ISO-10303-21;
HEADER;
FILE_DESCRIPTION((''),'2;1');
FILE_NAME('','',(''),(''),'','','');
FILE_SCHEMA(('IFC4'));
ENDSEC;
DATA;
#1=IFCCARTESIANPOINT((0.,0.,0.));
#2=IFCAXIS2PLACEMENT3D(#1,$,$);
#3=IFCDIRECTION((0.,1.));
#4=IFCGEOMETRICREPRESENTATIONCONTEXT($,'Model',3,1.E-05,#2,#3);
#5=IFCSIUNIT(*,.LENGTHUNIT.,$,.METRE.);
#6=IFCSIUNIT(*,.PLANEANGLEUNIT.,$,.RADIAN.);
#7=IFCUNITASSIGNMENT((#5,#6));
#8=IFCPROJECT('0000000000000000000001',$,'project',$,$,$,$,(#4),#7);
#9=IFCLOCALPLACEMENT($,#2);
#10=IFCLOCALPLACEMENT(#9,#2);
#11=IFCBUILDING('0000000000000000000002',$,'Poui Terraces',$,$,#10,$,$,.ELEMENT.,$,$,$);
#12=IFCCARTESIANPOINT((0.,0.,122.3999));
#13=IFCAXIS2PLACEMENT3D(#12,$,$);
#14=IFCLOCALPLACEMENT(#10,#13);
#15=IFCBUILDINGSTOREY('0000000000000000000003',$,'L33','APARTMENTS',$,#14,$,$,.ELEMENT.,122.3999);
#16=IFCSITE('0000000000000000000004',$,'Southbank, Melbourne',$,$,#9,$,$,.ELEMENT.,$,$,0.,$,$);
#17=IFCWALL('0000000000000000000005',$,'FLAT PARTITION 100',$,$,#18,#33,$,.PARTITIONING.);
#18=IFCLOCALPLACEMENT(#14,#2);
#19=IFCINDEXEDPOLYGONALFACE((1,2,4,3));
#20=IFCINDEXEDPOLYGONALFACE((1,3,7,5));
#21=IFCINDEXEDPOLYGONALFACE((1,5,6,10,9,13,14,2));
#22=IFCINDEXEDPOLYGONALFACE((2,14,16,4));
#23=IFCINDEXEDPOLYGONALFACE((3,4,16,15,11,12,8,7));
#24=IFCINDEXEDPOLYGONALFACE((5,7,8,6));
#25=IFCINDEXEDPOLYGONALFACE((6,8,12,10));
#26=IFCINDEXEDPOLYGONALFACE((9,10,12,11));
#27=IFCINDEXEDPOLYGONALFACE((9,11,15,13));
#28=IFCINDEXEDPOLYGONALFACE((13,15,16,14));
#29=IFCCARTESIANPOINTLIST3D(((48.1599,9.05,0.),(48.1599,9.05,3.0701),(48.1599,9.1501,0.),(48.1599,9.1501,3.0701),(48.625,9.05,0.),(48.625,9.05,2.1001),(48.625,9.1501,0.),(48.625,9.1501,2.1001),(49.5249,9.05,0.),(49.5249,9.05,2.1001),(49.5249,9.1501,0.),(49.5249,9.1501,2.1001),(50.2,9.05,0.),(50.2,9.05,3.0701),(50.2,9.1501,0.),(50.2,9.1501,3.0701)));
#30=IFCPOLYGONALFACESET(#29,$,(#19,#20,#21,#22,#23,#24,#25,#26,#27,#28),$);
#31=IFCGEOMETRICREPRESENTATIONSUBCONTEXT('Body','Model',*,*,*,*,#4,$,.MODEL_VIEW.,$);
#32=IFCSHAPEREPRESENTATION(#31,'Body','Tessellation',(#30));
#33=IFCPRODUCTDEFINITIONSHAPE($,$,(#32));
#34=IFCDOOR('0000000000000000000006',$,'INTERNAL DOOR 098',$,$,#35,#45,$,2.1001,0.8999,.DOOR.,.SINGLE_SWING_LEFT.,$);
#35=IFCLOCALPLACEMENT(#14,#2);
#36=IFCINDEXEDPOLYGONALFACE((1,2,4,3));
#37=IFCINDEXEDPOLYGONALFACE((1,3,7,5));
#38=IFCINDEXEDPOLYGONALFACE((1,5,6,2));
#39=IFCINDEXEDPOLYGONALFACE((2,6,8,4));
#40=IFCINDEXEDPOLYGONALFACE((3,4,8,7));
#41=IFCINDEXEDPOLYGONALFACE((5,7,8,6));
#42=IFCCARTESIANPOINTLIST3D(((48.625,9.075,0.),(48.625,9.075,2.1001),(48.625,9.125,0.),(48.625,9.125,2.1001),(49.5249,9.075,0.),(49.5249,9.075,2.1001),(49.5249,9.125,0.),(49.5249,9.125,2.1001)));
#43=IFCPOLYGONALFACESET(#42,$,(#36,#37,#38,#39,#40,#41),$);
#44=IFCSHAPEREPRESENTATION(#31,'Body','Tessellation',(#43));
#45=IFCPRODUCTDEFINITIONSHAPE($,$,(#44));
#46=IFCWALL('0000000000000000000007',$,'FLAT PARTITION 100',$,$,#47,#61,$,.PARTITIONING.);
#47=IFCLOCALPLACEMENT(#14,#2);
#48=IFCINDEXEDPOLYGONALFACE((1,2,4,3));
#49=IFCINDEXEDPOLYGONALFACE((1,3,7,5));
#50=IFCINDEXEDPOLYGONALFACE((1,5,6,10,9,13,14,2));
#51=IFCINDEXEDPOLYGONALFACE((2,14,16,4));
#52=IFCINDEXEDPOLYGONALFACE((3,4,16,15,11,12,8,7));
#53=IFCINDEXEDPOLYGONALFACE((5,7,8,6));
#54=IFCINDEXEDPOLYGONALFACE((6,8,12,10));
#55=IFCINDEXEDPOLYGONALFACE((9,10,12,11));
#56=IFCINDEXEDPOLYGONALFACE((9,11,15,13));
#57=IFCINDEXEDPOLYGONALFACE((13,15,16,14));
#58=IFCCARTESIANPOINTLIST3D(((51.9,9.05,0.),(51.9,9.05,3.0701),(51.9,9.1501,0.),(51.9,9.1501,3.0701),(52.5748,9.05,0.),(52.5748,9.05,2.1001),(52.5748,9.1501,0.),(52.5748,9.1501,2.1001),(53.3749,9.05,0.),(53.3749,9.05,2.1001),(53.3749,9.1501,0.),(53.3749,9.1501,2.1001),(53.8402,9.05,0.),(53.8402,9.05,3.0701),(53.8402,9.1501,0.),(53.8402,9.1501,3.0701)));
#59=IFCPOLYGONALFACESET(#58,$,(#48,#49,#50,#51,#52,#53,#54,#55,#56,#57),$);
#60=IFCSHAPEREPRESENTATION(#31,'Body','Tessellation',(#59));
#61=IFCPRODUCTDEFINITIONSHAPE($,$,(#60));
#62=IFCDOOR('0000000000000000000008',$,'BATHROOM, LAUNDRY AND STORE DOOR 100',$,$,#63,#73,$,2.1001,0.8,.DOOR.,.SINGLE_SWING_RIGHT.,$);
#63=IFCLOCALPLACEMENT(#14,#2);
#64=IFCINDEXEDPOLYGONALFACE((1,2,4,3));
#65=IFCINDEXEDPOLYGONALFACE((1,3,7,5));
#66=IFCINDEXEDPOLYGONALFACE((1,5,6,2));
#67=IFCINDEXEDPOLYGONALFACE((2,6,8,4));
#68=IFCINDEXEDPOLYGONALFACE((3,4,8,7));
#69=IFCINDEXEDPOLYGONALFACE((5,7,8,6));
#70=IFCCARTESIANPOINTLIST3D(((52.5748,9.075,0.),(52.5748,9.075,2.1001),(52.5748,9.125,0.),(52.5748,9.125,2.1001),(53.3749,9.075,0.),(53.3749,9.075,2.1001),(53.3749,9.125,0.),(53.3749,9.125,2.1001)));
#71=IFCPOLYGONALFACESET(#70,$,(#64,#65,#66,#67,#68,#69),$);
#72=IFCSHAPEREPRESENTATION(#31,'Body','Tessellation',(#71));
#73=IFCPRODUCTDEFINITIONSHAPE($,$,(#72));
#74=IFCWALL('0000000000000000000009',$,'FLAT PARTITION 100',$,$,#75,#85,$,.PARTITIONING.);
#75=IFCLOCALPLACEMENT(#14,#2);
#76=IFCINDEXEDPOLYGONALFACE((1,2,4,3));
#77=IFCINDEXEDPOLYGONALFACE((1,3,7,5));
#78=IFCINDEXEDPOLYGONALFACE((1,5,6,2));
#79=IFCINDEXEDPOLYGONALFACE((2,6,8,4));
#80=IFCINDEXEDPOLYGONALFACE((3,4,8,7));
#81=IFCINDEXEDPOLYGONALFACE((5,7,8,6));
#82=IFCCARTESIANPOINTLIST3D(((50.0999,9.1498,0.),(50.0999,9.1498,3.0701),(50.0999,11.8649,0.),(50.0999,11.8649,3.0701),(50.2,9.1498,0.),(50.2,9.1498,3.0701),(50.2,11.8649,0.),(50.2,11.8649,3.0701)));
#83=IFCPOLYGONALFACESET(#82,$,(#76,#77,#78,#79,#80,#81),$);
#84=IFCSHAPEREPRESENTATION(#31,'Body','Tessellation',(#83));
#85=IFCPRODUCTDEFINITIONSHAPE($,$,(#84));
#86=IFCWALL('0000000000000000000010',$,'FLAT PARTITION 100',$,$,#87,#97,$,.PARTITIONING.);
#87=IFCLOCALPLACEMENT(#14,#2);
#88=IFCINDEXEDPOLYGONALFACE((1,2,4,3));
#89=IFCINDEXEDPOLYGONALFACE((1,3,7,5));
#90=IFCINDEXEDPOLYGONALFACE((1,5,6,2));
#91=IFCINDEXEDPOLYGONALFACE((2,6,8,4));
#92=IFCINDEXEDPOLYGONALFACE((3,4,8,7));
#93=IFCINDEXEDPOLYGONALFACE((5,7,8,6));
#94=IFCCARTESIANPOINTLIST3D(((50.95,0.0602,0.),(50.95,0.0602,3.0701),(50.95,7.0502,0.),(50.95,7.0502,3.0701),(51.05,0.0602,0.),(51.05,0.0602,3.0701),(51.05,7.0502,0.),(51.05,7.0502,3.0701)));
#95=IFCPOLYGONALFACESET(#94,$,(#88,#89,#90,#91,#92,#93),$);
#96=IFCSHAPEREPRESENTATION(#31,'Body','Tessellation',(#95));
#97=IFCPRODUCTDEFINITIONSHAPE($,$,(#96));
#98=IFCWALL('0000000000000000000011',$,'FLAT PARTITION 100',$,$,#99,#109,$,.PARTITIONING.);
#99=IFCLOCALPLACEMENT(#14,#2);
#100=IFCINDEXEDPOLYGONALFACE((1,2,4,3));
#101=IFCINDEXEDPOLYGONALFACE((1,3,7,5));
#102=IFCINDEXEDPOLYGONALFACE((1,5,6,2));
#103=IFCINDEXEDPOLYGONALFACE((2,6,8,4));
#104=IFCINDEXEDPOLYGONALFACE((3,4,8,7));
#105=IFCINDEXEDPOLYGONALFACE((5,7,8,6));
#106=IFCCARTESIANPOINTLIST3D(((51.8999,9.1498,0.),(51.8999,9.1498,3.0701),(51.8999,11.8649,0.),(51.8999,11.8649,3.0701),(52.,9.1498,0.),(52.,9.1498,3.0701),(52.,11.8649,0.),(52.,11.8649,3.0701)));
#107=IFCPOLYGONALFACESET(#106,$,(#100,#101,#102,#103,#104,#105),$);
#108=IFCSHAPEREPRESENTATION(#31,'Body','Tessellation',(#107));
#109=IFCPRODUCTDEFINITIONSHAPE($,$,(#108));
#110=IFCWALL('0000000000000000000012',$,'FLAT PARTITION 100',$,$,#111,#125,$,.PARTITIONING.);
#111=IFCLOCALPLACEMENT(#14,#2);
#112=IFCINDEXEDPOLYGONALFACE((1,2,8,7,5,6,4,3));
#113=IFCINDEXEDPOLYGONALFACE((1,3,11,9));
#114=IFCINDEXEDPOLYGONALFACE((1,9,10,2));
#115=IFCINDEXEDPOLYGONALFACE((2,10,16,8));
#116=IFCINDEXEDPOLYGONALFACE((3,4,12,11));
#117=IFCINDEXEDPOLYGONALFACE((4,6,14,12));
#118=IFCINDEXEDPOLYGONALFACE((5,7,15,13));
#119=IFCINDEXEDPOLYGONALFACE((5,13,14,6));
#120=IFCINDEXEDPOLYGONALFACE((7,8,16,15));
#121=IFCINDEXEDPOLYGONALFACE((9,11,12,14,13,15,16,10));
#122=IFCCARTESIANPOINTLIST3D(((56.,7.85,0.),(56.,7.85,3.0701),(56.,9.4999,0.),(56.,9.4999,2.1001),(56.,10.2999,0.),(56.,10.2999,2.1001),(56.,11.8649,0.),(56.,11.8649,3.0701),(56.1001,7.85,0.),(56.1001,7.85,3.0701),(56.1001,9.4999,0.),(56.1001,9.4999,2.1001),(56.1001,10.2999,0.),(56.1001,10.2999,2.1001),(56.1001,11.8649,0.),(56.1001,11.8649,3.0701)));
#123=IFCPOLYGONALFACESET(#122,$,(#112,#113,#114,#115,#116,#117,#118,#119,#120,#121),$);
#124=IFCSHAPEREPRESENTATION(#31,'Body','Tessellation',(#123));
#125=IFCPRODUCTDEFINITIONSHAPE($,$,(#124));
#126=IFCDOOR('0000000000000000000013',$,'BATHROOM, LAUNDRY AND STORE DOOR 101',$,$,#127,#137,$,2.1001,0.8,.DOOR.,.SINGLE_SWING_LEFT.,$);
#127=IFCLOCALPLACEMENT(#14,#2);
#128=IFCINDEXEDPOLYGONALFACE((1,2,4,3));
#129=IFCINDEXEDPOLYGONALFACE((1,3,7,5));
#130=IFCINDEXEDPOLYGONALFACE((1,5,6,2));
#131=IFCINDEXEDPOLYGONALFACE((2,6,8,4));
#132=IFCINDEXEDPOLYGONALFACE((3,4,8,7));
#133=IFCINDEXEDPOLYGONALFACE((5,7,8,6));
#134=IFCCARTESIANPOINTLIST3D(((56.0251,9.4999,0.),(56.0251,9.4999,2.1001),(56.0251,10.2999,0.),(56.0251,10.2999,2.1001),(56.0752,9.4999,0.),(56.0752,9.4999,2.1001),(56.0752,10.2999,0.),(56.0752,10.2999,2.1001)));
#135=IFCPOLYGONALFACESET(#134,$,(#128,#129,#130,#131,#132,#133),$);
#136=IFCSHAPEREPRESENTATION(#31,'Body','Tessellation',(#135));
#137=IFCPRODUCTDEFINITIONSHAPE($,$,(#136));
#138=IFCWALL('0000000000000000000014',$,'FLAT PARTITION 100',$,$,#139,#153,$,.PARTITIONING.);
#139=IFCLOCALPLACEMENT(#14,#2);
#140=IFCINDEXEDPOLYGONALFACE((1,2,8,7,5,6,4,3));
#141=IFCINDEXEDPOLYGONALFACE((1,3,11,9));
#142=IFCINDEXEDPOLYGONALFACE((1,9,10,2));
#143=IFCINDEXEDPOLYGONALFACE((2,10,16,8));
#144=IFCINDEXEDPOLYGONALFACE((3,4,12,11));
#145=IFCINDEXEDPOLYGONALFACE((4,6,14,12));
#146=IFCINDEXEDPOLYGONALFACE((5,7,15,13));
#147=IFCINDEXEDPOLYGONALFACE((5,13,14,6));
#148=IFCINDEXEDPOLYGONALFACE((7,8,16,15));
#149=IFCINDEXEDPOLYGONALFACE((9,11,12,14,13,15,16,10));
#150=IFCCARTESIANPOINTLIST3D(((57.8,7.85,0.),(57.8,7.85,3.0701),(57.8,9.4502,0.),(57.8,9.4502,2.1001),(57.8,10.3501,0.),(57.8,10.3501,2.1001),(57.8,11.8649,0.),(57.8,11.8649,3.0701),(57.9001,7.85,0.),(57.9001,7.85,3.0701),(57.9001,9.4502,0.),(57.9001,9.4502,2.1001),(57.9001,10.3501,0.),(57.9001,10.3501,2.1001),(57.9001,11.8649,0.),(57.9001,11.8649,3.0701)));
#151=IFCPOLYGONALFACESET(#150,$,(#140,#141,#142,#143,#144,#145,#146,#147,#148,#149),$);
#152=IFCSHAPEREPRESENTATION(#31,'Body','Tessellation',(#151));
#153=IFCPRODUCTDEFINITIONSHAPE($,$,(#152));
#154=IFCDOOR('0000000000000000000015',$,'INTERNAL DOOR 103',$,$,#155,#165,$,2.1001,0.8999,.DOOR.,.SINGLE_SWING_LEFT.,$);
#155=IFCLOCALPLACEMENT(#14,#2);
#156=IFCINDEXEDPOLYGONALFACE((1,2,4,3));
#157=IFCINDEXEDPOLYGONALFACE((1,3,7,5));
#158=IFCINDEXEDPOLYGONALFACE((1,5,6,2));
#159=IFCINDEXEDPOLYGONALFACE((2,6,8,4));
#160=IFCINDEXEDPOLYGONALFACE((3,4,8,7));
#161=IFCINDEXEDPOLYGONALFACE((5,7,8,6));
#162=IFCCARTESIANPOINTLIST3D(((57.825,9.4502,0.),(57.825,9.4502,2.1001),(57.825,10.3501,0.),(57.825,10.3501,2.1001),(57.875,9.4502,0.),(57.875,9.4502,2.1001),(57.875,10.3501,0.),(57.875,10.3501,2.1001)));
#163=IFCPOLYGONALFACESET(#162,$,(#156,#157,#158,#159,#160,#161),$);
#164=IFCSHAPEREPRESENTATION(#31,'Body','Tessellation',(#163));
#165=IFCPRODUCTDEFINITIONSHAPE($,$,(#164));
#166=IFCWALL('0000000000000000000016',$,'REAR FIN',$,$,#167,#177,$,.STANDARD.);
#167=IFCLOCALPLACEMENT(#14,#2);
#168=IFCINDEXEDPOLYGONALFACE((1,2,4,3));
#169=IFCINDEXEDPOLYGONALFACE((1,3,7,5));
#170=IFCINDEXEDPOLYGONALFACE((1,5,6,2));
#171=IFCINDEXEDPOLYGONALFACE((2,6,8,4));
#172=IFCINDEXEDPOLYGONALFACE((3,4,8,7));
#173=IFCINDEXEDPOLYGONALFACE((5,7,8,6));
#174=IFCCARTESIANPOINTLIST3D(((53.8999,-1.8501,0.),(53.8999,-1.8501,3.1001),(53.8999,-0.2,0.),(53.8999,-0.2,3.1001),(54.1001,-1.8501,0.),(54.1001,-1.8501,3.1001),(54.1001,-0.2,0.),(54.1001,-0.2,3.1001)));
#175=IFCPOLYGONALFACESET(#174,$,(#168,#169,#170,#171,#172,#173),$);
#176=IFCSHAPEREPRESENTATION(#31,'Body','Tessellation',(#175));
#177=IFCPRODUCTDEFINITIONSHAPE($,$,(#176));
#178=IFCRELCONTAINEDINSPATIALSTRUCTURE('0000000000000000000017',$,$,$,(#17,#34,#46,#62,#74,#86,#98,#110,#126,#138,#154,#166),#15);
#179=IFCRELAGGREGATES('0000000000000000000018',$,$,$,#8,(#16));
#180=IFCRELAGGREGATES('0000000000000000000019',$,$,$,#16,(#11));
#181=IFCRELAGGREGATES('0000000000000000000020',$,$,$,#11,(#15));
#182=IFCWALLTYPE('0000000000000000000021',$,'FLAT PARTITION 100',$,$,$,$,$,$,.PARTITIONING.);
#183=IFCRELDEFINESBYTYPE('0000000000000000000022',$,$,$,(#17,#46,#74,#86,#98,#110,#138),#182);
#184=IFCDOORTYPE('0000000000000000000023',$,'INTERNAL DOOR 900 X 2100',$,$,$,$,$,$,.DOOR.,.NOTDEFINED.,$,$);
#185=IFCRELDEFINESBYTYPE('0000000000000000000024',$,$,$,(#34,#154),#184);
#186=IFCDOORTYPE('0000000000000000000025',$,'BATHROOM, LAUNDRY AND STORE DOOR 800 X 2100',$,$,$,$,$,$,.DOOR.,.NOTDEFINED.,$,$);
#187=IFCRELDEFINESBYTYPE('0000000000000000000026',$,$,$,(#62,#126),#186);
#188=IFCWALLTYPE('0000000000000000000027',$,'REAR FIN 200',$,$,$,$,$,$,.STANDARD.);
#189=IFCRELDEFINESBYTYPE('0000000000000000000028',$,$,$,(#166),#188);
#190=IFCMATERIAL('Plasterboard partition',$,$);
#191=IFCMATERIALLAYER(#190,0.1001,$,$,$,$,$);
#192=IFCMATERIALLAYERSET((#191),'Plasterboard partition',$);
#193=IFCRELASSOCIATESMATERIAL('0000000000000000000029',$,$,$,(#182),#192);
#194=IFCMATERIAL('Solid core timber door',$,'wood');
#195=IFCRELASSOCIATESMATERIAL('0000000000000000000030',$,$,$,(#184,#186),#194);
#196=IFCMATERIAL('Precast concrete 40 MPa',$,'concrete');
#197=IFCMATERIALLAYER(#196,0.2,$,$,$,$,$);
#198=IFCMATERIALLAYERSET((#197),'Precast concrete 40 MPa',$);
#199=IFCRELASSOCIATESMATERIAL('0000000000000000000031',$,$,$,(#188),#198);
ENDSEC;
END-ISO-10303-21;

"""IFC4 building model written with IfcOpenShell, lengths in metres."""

from ifc_helpers import new_model, si_unit, direction, frame, frame_2d, origin, place, context, subcontext, project, spatial, polyline, rectangle, outline, extrude, source, transform, mapped, material, layer, layer_set, type_object, element, fill, save


model = new_model("IFC4")

# Units and contexts
model_context = context("Model", 3, precision=1e-05, world=origin(), true_north=direction((0.0, 1.0)))
body_context = subcontext(model_context, "Body", "Model", "MODEL_VIEW")
ifc_project = project(units=[si_unit("LENGTHUNIT", "METRE"), si_unit("PLANEANGLEUNIT", "RADIAN")], contexts=[model_context])

# Site, building, storey
site_placement = place(None, origin())
site = spatial("IfcSite", under=ifc_project, at=site_placement, Name="Southbank, Melbourne", CompositionType="ELEMENT", RefElevation=0.0)
building_placement = place(site_placement, origin())
building = spatial("IfcBuilding", under=site, at=building_placement, Name="Poui Terraces", CompositionType="ELEMENT")
storey_placement = place(building_placement, frame((0.0, 0.0, 122.3999)))
storey = spatial("IfcBuildingStorey", under=building, at=storey_placement, Name="L33", Description="APARTMENTS", CompositionType="ELEMENT", Elevation=122.3999)

# Shared definitions
ifc_material_1 = material(Name="Precast concrete 40 MPa", Category="concrete")

# Shared definitions
ifc_material_2 = material(Name="Plasterboard partition")
ifc_layer_1 = layer(ifc_material_2, 0.1001)
ifc_layer_set_1 = layer_set([ifc_layer_1], Name="Plasterboard partition")
wall_type_1 = type_object("IfcWallType", Name="FLAT PARTITION 100", PredefinedType="PARTITIONING", material=ifc_layer_set_1)
ifc_material_3 = material(Name="Solid core timber door", Category="wood")
door_type_1 = type_object("IfcDoorType", Name="INTERNAL DOOR 900 X 2100", OperationType="NOTDEFINED", PredefinedType="DOOR", material=ifc_material_3)

# Walls, openings, doors
wall_1_placement = place(storey_placement, frame((48.1599, 9.1001, 0.0), z_axis=(0.0, 0.0, 1.0), x_axis=(1.0, 0.0, 0.0)))
wall_1 = element("IfcWall", 1, at=wall_1_placement, inside=storey, type_object=wall_type_1, Name="FLAT PARTITION 100", PredefinedType="PARTITIONING", context=body_context, shape_type="SweptSolid", body=[
    extrude(rectangle(XDim=2.04, YDim=0.1001, at=frame_2d((1.02, 0.0))), origin(), (0.0, 0.0, 1.0), 3.0701),
])
opening_1_placement = place(wall_1_placement, frame((0.4651, 0.0, 0.0)))
opening_1 = element("IfcOpeningElement", 2, at=opening_1_placement, cuts=wall_1, PredefinedType="OPENING", context=body_context, shape_type="SweptSolid", body=[
    extrude(rectangle(XDim=0.8999, YDim=2.1001, at=frame_2d((0.45, 1.05))), frame((0.0, 0.0601, 0.0), z_axis=(0.0, -1.0, 0.0), x_axis=(1.0, 0.0, 0.0)), (0.0, 0.0, 1.0), 0.1201),
])
door_1_placement = place(opening_1_placement, origin())
door_1 = element("IfcDoor", 3, at=door_1_placement, inside=storey, type_object=door_type_1, Name="INTERNAL DOOR 098", OperationType="SINGLE_SWING_LEFT", OverallHeight=2.1001, OverallWidth=0.8999, PredefinedType="DOOR", context=body_context, shape_type="SweptSolid", body=[
    extrude(rectangle(XDim=0.8999, YDim=2.1001, at=frame_2d((0.45, 1.05))), frame((0.0, 0.0249, 0.0), z_axis=(0.0, -1.0, 0.0), x_axis=(1.0, 0.0, 0.0)), (0.0, 0.0, 1.0), 0.05),
])
fill(opening_1, door_1)
wall_2_placement = place(storey_placement, frame((51.8999, 9.1001, 0.0), z_axis=(0.0, 0.0, 1.0), x_axis=(1.0, 0.0, 0.0)))
wall_2 = element("IfcWall", 4, at=wall_2_placement, inside=storey, type_object=wall_type_1, Name="FLAT PARTITION 100", PredefinedType="PARTITIONING", context=body_context, shape_type="SweptSolid", body=[
    extrude(rectangle(XDim=1.9402, YDim=0.1001, at=frame_2d((0.9702, 0.0))), origin(), (0.0, 0.0, 1.0), 3.0701),
])
opening_2_placement = place(wall_2_placement, frame((0.675, 0.0, 0.0)))
opening_2 = element("IfcOpeningElement", 5, at=opening_2_placement, cuts=wall_2, PredefinedType="OPENING", context=body_context, shape_type="SweptSolid", body=[
    extrude(rectangle(XDim=0.8, YDim=2.1001, at=frame_2d((0.3999, 1.05))), frame((0.0, 0.0601, 0.0), z_axis=(0.0, -1.0, 0.0), x_axis=(1.0, 0.0, 0.0)), (0.0, 0.0, 1.0), 0.1201),
])
door_type_2 = type_object("IfcDoorType", Name="BATHROOM, LAUNDRY AND STORE DOOR 800 X 2100", OperationType="NOTDEFINED", PredefinedType="DOOR", material=ifc_material_3)
door_2_placement = place(opening_2_placement, origin())
door_2 = element("IfcDoor", 6, at=door_2_placement, inside=storey, type_object=door_type_2, Name="BATHROOM, LAUNDRY AND STORE DOOR 100", OperationType="SINGLE_SWING_RIGHT", OverallHeight=2.1001, OverallWidth=0.8, PredefinedType="DOOR", context=body_context, shape_type="SweptSolid", body=[
    extrude(rectangle(XDim=0.8, YDim=2.1001, at=frame_2d((0.3999, 1.05))), frame((0.0, 0.0249, 0.0), z_axis=(0.0, -1.0, 0.0), x_axis=(1.0, 0.0, 0.0)), (0.0, 0.0, 1.0), 0.05),
])
fill(opening_2, door_2)

# Walls
wall_3_placement = place(storey_placement, frame((50.1499, 9.1499, 0.0), z_axis=(0.0, 0.0, 1.0), x_axis=(0.0, 1.0, 0.0)))
element("IfcWall", 7, at=wall_3_placement, inside=storey, type_object=wall_type_1, Name="FLAT PARTITION 100", PredefinedType="PARTITIONING", context=body_context, shape_type="SweptSolid", body=[
    extrude(rectangle(XDim=2.7151, YDim=0.1001, at=frame_2d((1.3574, 0.0))), origin(), (0.0, 0.0, 1.0), 3.0701),
])
wall_4_placement = place(storey_placement, frame((51.0, 0.0601, 0.0), z_axis=(0.0, 0.0, 1.0), x_axis=(0.0, 1.0, 0.0)))
element("IfcWall", 8, at=wall_4_placement, inside=storey, type_object=wall_type_1, Name="FLAT PARTITION 100", PredefinedType="PARTITIONING", context=body_context, shape_type="SweptSolid", body=[
    extrude(rectangle(XDim=6.99, YDim=0.1001, at=frame_2d((3.4951, 0.0))), origin(), (0.0, 0.0, 1.0), 3.0701),
])
wall_5_placement = place(storey_placement, frame((51.95, 9.1499, 0.0), z_axis=(0.0, 0.0, 1.0), x_axis=(0.0, 1.0, 0.0)))
element("IfcWall", 9, at=wall_5_placement, inside=storey, type_object=wall_type_1, Name="FLAT PARTITION 100", PredefinedType="PARTITIONING", context=body_context, shape_type="SweptSolid", body=[
    extrude(rectangle(XDim=2.7151, YDim=0.1001, at=frame_2d((1.3574, 0.0))), origin(), (0.0, 0.0, 1.0), 3.0701),
])

# Walls, openings, doors
wall_6_placement = place(storey_placement, frame((56.05, 7.8501, 0.0), z_axis=(0.0, 0.0, 1.0), x_axis=(0.0, 1.0, 0.0)))
wall_6 = element("IfcWall", 10, at=wall_6_placement, inside=storey, type_object=wall_type_1, Name="FLAT PARTITION 100", PredefinedType="PARTITIONING", context=body_context, shape_type="SweptSolid", body=[
    extrude(rectangle(XDim=4.0149, YDim=0.1001, at=frame_2d((2.0073, 0.0))), origin(), (0.0, 0.0, 1.0), 3.0701),
])
opening_3_placement = place(wall_6_placement, frame((1.6499, 0.0, 0.0)))
opening_3 = element("IfcOpeningElement", 11, at=opening_3_placement, cuts=wall_6, PredefinedType="OPENING", context=body_context, shape_type="SweptSolid", body=[
    extrude(rectangle(XDim=0.8, YDim=2.1001, at=frame_2d((0.3999, 1.05))), frame((0.0, 0.0601, 0.0), z_axis=(0.0, -1.0, 0.0), x_axis=(1.0, 0.0, 0.0)), (0.0, 0.0, 1.0), 0.1201),
])
door_3_placement = place(opening_3_placement, origin())
door_3 = element("IfcDoor", 12, at=door_3_placement, inside=storey, type_object=door_type_2, Name="BATHROOM, LAUNDRY AND STORE DOOR 101", OperationType="SINGLE_SWING_LEFT", OverallHeight=2.1001, OverallWidth=0.8, PredefinedType="DOOR", context=body_context, shape_type="SweptSolid", body=[
    extrude(rectangle(XDim=0.8, YDim=2.1001, at=frame_2d((0.3999, 1.05))), frame((0.0, 0.0249, 0.0), z_axis=(0.0, -1.0, 0.0), x_axis=(1.0, 0.0, 0.0)), (0.0, 0.0, 1.0), 0.05),
])
fill(opening_3, door_3)
wall_7_placement = place(storey_placement, frame((57.8501, 7.8501, 0.0), z_axis=(0.0, 0.0, 1.0), x_axis=(0.0, 1.0, 0.0)))
wall_7 = element("IfcWall", 13, at=wall_7_placement, inside=storey, type_object=wall_type_1, Name="FLAT PARTITION 100", PredefinedType="PARTITIONING", context=body_context, shape_type="SweptSolid", body=[
    extrude(rectangle(XDim=4.0149, YDim=0.1001, at=frame_2d((2.0073, 0.0))), origin(), (0.0, 0.0, 1.0), 3.0701),
])
opening_4_placement = place(wall_7_placement, frame((1.6001, 0.0, 0.0)))
opening_4 = element("IfcOpeningElement", 14, at=opening_4_placement, cuts=wall_7, PredefinedType="OPENING", context=body_context, shape_type="SweptSolid", body=[
    extrude(rectangle(XDim=0.8999, YDim=2.1001, at=frame_2d((0.45, 1.05))), frame((0.0, 0.0601, 0.0), z_axis=(0.0, -1.0, 0.0), x_axis=(1.0, 0.0, 0.0)), (0.0, 0.0, 1.0), 0.1201),
])
door_4_placement = place(opening_4_placement, frame((0.8999, 0.0, 0.0), z_axis=(0.0, 0.0, 1.0), x_axis=(-1.0, 0.0, 0.0)))
door_4 = element("IfcDoor", 15, at=door_4_placement, inside=storey, type_object=door_type_1, Name="INTERNAL DOOR 103", OperationType="SINGLE_SWING_LEFT", OverallHeight=2.1001, OverallWidth=0.8999, PredefinedType="DOOR", context=body_context, shape_type="SweptSolid", body=[
    extrude(rectangle(XDim=0.8999, YDim=2.1001, at=frame_2d((0.45, 1.05))), frame((0.0, 0.0249, 0.0), z_axis=(0.0, -1.0, 0.0), x_axis=(1.0, 0.0, 0.0)), (0.0, 0.0, 1.0), 0.05),
])
fill(opening_4, door_4)

# Wall
ifc_layer_2 = layer(ifc_material_1, 0.2)
ifc_layer_set_2 = layer_set([ifc_layer_2], Name="Precast concrete 40 MPa")
wall_type_2 = type_object("IfcWallType", Name="REAR FIN 200", PredefinedType="STANDARD", material=ifc_layer_set_2)
shared_shape_1 = source(origin(), body_context, "Body", "SweptSolid", [
    extrude(outline(polyline([(0.0, 0.0), (0.2002, 0.0), (0.2002, 1.6501), (0.0, 1.6501), (0.0, 0.0)])), origin(), (0.0, 0.0, 1.0), 3.1001),
])
wall_8_placement = place(storey_placement, frame((53.8999, -1.8501, 0.0)))
element("IfcWall", 16, at=wall_8_placement, inside=storey, type_object=wall_type_2, Name="REAR FIN", PredefinedType="STANDARD", context=body_context, shape_type="MappedRepresentation", body=[
    mapped(shared_shape_1, transform((0.0, 0.0, 0.0))),
])

save(model, "model.ifc")
